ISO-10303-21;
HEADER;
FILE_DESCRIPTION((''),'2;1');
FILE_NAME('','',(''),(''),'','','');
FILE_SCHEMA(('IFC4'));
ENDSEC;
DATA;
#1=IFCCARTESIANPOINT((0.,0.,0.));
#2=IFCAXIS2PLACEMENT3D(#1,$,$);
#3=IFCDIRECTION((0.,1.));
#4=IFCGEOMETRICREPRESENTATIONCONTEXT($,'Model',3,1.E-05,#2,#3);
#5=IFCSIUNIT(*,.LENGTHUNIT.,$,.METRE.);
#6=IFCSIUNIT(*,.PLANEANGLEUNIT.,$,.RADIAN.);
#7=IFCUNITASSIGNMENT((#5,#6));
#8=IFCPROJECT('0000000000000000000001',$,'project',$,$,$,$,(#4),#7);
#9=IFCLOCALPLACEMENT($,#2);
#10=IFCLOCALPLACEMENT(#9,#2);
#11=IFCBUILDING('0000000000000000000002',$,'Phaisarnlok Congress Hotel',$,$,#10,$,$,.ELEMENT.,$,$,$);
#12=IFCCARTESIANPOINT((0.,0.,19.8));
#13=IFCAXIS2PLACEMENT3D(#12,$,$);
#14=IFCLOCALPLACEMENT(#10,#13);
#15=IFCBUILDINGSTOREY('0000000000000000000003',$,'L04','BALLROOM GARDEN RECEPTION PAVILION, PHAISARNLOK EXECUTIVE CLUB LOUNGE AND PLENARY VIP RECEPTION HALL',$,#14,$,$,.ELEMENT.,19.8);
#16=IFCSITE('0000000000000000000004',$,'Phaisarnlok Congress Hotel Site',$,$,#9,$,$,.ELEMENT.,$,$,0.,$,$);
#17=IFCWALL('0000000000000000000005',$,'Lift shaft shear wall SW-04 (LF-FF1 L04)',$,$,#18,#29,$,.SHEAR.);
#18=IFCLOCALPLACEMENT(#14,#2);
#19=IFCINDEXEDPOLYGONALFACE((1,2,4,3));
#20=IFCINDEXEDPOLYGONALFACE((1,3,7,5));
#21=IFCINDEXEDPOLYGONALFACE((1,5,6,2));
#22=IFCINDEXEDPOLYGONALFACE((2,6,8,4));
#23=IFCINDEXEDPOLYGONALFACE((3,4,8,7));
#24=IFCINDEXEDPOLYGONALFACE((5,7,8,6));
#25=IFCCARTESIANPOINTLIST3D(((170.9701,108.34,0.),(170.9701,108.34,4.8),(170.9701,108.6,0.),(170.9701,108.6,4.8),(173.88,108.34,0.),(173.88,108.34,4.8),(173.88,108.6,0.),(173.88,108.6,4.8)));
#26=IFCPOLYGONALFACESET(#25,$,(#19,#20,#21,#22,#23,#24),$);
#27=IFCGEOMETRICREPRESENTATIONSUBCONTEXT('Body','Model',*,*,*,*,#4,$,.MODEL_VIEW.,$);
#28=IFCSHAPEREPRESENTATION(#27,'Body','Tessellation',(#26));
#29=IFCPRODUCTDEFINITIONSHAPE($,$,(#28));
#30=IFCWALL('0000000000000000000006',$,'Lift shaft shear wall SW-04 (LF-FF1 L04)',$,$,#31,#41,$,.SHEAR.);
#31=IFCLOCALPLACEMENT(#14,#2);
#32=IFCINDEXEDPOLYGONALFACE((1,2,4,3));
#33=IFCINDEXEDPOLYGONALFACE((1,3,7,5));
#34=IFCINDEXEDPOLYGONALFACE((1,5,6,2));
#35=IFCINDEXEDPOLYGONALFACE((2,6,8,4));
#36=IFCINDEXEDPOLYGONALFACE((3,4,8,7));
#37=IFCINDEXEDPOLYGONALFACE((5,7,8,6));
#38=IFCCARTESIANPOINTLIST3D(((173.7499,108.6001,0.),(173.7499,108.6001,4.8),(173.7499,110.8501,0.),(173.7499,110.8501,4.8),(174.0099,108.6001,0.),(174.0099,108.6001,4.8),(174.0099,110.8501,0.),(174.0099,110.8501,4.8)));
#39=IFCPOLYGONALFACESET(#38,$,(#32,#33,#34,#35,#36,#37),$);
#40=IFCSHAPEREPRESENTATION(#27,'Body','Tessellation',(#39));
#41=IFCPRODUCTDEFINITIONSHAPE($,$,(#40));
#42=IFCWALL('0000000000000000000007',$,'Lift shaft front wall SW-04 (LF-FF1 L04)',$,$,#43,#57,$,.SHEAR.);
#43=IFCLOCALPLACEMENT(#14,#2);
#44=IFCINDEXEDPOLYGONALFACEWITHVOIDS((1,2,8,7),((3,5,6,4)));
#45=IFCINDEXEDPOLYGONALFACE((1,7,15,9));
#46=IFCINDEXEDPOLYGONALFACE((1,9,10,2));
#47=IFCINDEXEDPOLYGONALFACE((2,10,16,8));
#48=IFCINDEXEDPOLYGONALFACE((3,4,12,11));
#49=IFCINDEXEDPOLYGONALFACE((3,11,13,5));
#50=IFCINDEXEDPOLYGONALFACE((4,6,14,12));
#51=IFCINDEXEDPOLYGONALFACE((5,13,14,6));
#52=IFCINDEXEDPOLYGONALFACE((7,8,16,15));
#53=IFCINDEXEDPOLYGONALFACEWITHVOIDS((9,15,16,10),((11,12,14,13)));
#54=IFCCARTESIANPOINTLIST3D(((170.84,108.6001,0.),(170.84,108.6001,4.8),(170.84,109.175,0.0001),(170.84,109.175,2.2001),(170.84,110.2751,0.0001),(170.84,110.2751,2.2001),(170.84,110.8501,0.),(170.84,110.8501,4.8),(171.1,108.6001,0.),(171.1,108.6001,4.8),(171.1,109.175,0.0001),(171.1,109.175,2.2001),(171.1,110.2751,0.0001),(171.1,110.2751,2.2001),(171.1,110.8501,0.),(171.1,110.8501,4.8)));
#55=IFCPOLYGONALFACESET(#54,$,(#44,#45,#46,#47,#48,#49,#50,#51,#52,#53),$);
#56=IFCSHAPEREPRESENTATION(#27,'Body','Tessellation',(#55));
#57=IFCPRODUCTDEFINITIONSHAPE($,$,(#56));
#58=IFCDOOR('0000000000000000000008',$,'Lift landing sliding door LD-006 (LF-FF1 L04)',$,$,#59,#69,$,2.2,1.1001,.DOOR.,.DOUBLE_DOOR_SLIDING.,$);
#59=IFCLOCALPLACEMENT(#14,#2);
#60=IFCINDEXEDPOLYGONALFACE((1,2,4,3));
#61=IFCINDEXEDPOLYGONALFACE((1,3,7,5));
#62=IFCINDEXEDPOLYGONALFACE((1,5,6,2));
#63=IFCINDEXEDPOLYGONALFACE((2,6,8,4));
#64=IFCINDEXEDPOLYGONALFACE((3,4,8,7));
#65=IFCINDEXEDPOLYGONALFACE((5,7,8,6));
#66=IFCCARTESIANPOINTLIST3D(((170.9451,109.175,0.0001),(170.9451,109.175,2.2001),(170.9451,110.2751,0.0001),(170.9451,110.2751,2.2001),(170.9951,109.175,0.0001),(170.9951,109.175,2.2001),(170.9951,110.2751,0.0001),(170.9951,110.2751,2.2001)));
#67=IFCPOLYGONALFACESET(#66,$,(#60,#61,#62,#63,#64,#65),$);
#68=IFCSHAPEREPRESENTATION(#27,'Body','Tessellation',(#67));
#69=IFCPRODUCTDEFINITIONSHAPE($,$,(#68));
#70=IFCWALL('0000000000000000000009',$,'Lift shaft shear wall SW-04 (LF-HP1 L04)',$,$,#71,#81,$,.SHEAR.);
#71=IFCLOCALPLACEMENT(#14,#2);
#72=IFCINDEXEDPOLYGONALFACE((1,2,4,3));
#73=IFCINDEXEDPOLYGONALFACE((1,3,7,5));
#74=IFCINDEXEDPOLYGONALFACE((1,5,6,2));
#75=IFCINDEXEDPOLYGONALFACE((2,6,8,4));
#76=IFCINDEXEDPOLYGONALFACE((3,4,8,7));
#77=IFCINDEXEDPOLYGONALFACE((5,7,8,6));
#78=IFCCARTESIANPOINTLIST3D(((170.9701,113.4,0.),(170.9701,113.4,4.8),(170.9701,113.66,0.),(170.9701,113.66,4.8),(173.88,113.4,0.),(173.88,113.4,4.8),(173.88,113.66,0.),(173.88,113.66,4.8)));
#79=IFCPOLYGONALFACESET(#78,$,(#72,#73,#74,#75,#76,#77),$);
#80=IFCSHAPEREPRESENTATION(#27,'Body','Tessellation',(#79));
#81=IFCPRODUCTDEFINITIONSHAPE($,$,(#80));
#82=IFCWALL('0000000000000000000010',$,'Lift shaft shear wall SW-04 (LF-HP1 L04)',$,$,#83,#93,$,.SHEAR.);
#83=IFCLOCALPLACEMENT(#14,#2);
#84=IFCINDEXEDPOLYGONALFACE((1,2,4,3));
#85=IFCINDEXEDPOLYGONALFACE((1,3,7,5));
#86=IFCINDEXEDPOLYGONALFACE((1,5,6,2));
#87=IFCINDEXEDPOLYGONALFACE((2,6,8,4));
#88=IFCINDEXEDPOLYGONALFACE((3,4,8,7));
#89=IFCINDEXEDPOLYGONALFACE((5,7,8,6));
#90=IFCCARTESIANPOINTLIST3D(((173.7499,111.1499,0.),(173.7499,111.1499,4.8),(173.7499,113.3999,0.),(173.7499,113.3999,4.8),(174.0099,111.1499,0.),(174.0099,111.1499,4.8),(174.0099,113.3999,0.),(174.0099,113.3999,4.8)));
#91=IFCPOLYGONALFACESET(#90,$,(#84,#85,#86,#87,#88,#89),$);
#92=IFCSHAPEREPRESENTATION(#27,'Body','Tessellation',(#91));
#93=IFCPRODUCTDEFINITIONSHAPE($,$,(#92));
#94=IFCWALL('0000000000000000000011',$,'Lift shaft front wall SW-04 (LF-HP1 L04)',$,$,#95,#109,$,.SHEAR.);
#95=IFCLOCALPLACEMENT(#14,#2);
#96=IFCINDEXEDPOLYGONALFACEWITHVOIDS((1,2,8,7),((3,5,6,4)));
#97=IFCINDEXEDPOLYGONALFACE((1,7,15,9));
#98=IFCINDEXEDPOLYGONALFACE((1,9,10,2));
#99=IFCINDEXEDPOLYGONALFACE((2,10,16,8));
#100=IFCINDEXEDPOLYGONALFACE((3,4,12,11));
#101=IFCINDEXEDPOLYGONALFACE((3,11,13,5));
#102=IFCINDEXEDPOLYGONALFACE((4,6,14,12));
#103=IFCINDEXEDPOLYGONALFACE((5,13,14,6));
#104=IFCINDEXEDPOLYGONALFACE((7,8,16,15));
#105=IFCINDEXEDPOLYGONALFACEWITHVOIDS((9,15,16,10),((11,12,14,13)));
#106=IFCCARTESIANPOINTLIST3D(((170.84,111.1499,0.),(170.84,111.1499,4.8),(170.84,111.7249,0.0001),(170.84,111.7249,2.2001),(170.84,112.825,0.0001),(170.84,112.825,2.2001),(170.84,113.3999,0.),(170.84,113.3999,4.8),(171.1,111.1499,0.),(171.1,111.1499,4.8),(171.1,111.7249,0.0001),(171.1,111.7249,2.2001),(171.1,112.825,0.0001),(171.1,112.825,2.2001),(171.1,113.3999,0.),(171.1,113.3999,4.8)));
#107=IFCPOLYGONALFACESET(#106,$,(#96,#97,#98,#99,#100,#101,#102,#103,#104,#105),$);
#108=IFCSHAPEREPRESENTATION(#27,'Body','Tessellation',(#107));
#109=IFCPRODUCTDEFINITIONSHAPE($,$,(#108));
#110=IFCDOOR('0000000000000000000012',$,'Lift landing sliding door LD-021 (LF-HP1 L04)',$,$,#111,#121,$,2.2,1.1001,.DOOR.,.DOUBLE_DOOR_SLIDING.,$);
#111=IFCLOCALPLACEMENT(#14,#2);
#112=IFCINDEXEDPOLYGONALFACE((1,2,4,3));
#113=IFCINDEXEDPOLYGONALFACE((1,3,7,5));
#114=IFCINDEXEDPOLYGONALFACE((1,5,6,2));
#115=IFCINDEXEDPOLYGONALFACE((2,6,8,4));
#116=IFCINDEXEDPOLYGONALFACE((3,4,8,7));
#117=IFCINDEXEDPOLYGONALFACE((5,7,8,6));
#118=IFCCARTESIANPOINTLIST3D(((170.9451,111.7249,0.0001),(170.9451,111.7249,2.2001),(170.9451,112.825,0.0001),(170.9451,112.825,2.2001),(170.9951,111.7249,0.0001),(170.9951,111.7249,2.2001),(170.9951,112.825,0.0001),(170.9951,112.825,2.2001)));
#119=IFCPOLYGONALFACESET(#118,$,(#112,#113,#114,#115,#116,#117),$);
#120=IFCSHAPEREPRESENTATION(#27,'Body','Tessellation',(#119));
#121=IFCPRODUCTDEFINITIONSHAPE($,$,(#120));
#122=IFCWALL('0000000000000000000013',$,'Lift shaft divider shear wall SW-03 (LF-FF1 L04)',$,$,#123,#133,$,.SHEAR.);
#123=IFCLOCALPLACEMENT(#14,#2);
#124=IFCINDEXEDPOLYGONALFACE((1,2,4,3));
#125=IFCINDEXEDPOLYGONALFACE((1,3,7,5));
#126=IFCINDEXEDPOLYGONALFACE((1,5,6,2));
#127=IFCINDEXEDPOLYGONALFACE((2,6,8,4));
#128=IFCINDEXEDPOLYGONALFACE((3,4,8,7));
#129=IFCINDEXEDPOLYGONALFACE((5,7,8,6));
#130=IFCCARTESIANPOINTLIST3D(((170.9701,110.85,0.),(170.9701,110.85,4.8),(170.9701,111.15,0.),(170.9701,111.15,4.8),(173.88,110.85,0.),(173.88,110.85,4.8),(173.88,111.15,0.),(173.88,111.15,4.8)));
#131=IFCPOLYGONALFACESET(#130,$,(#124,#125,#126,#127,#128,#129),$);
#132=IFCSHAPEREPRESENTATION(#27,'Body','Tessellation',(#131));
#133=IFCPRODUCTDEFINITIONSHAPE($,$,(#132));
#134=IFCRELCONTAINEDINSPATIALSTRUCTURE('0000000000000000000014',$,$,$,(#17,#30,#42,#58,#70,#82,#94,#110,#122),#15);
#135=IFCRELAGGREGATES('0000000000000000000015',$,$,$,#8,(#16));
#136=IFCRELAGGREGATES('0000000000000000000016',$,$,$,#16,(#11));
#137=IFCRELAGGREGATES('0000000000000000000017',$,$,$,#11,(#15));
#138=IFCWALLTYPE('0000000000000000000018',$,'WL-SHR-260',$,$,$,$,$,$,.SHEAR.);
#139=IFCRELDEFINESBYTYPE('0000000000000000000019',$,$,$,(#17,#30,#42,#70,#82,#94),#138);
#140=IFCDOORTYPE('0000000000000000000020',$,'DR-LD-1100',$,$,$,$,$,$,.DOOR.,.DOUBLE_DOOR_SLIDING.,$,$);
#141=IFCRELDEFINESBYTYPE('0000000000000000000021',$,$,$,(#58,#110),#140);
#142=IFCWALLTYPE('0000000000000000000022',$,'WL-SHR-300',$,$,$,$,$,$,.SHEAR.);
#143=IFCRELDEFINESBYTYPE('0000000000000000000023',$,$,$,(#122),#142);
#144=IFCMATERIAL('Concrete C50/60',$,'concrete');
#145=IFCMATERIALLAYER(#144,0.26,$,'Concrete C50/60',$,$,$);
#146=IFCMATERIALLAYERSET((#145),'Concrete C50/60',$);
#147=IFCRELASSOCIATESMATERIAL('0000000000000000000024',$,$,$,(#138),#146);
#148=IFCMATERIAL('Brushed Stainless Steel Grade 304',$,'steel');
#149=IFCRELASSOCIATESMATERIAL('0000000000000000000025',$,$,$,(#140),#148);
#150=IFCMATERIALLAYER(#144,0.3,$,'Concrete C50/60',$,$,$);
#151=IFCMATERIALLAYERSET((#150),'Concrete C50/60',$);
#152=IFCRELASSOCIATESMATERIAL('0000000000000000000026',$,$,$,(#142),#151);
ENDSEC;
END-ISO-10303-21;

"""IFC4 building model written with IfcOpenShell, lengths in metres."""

from ifc_helpers import new_model, si_unit, direction, frame, frame_2d, origin, place, context, subcontext, project, spatial, rectangle, extrude, material, layer, layer_set, type_object, element, fill, save


model = new_model("IFC4")

# Units and contexts
model_context = context("Model", 3, precision=1e-05, world=origin(), true_north=direction((0.0, 1.0)))
body_context = subcontext(model_context, "Body", "Model", "MODEL_VIEW")
ifc_project = project(units=[si_unit("LENGTHUNIT", "METRE"), si_unit("PLANEANGLEUNIT", "RADIAN")], contexts=[model_context])

# Site, building, storey
site_placement = place(None, origin())
site = spatial("IfcSite", under=ifc_project, at=site_placement, Name="Phaisarnlok Congress Hotel Site", CompositionType="ELEMENT", RefElevation=0.0)
building_placement = place(site_placement, origin())
building = spatial("IfcBuilding", under=site, at=building_placement, Name="Phaisarnlok Congress Hotel", CompositionType="ELEMENT")
storey_placement = place(building_placement, frame((0.0, 0.0, 19.8)))
storey = spatial("IfcBuildingStorey", under=building, at=storey_placement, Name="L04", Description="BALLROOM GARDEN RECEPTION PAVILION, PHAISARNLOK EXECUTIVE CLUB LOUNGE AND PLENARY VIP RECEPTION HALL", CompositionType="ELEMENT", Elevation=19.8)

# Shared definitions
ifc_material_1 = material(Name="Concrete C50/60", Category="concrete")

# Walls
ifc_layer_1 = layer(ifc_material_1, 0.26, Name="Concrete C50/60")
ifc_layer_set_1 = layer_set([ifc_layer_1], Name="Concrete C50/60")
wall_type_1 = type_object("IfcWallType", Name="WL-SHR-260", PredefinedType="SHEAR", material=ifc_layer_set_1)
wall_1_placement = place(storey_placement, frame((170.97, 108.47, 0.0), z_axis=(0.0, 0.0, 1.0), x_axis=(1.0, 0.0, 0.0)))
element("IfcWall", 1, at=wall_1_placement, inside=storey, type_object=wall_type_1, Name="Lift shaft shear wall SW-04 (LF-FF1 L04)", PredefinedType="SHEAR", context=body_context, shape_type="SweptSolid", body=[
    extrude(rectangle(XDim=2.9099, YDim=0.26, at=frame_2d((1.4551, 0.0))), origin(), (0.0, 0.0, 1.0), 4.8),
])
wall_2_placement = place(storey_placement, frame((173.8799, 108.6001, 0.0), z_axis=(0.0, 0.0, 1.0), x_axis=(0.0, 1.0, 0.0)))
element("IfcWall", 2, at=wall_2_placement, inside=storey, type_object=wall_type_1, Name="Lift shaft shear wall SW-04 (LF-FF1 L04)", PredefinedType="SHEAR", context=body_context, shape_type="SweptSolid", body=[
    extrude(rectangle(XDim=2.25, YDim=0.26, at=frame_2d((1.125, 0.0))), origin(), (0.0, 0.0, 1.0), 4.8),
])

# Wall, opening, door
wall_3_placement = place(storey_placement, frame((170.97, 108.6001, 0.0), z_axis=(0.0, 0.0, 1.0), x_axis=(0.0, 1.0, 0.0)))
wall_3 = element("IfcWall", 3, at=wall_3_placement, inside=storey, type_object=wall_type_1, Name="Lift shaft front wall SW-04 (LF-FF1 L04)", PredefinedType="SHEAR", context=body_context, shape_type="SweptSolid", body=[
    extrude(rectangle(XDim=2.25, YDim=0.26, at=frame_2d((1.125, 0.0))), origin(), (0.0, 0.0, 1.0), 4.8),
])
opening_1_placement = place(wall_3_placement, frame((0.575, 0.0, 0.0)))
opening_1 = element("IfcOpeningElement", 4, at=opening_1_placement, cuts=wall_3, PredefinedType="OPENING", context=body_context, shape_type="SweptSolid", body=[
    extrude(rectangle(XDim=1.1001, YDim=2.2, at=frame_2d((0.55, 1.1001))), frame((0.0, 0.1401, 0.0), z_axis=(0.0, -1.0, 0.0), x_axis=(1.0, 0.0, 0.0)), (0.0, 0.0, 1.0), 0.28),
])
ifc_material_2 = material(Name="Brushed Stainless Steel Grade 304", Category="steel")
door_type = type_object("IfcDoorType", Name="DR-LD-1100", OperationType="DOUBLE_DOOR_SLIDING", PredefinedType="DOOR", material=ifc_material_2)
door_1_placement = place(opening_1_placement, origin())
door_1 = element("IfcDoor", 5, at=door_1_placement, inside=storey, type_object=door_type, Name="Lift landing sliding door LD-006 (LF-FF1 L04)", OperationType="DOUBLE_DOOR_SLIDING", OverallHeight=2.2, OverallWidth=1.1001, PredefinedType="DOOR", context=body_context, shape_type="SweptSolid", body=[
    extrude(rectangle(XDim=1.1001, YDim=2.2, at=frame_2d((0.55, 1.1001))), frame((0.0, 0.0249, 0.0), z_axis=(0.0, -1.0, 0.0), x_axis=(1.0, 0.0, 0.0)), (0.0, 0.0, 1.0), 0.05),
])
fill(opening_1, door_1)

# Walls
wall_4_placement = place(storey_placement, frame((170.97, 113.53, 0.0), z_axis=(0.0, 0.0, 1.0), x_axis=(1.0, 0.0, 0.0)))
element("IfcWall", 6, at=wall_4_placement, inside=storey, type_object=wall_type_1, Name="Lift shaft shear wall SW-04 (LF-HP1 L04)", PredefinedType="SHEAR", context=body_context, shape_type="SweptSolid", body=[
    extrude(rectangle(XDim=2.9099, YDim=0.26, at=frame_2d((1.4551, 0.0))), origin(), (0.0, 0.0, 1.0), 4.8),
])
wall_5_placement = place(storey_placement, frame((173.8799, 111.1499, 0.0), z_axis=(0.0, 0.0, 1.0), x_axis=(0.0, 1.0, 0.0)))
element("IfcWall", 7, at=wall_5_placement, inside=storey, type_object=wall_type_1, Name="Lift shaft shear wall SW-04 (LF-HP1 L04)", PredefinedType="SHEAR", context=body_context, shape_type="SweptSolid", body=[
    extrude(rectangle(XDim=2.25, YDim=0.26, at=frame_2d((1.125, 0.0))), origin(), (0.0, 0.0, 1.0), 4.8),
])

# Wall, opening, door
wall_6_placement = place(storey_placement, frame((170.97, 111.1499, 0.0), z_axis=(0.0, 0.0, 1.0), x_axis=(0.0, 1.0, 0.0)))
wall_6 = element("IfcWall", 8, at=wall_6_placement, inside=storey, type_object=wall_type_1, Name="Lift shaft front wall SW-04 (LF-HP1 L04)", PredefinedType="SHEAR", context=body_context, shape_type="SweptSolid", body=[
    extrude(rectangle(XDim=2.25, YDim=0.26, at=frame_2d((1.125, 0.0))), origin(), (0.0, 0.0, 1.0), 4.8),
])
opening_2_placement = place(wall_6_placement, frame((0.575, 0.0, 0.0)))
opening_2 = element("IfcOpeningElement", 9, at=opening_2_placement, cuts=wall_6, PredefinedType="OPENING", context=body_context, shape_type="SweptSolid", body=[
    extrude(rectangle(XDim=1.1001, YDim=2.2, at=frame_2d((0.55, 1.1001))), frame((0.0, 0.1401, 0.0), z_axis=(0.0, -1.0, 0.0), x_axis=(1.0, 0.0, 0.0)), (0.0, 0.0, 1.0), 0.28),
])
door_2_placement = place(opening_2_placement, origin())
door_2 = element("IfcDoor", 10, at=door_2_placement, inside=storey, type_object=door_type, Name="Lift landing sliding door LD-021 (LF-HP1 L04)", OperationType="DOUBLE_DOOR_SLIDING", OverallHeight=2.2, OverallWidth=1.1001, PredefinedType="DOOR", context=body_context, shape_type="SweptSolid", body=[
    extrude(rectangle(XDim=1.1001, YDim=2.2, at=frame_2d((0.55, 1.1001))), frame((0.0, 0.0249, 0.0), z_axis=(0.0, -1.0, 0.0), x_axis=(1.0, 0.0, 0.0)), (0.0, 0.0, 1.0), 0.05),
])
fill(opening_2, door_2)

# Wall
ifc_layer_2 = layer(ifc_material_1, 0.3, Name="Concrete C50/60")
ifc_layer_set_2 = layer_set([ifc_layer_2], Name="Concrete C50/60")
wall_type_2 = type_object("IfcWallType", Name="WL-SHR-300", PredefinedType="SHEAR", material=ifc_layer_set_2)
wall_7_placement = place(storey_placement, frame((170.97, 111.0, 0.0), z_axis=(0.0, 0.0, 1.0), x_axis=(1.0, 0.0, 0.0)))
element("IfcWall", 11, at=wall_7_placement, inside=storey, type_object=wall_type_2, Name="Lift shaft divider shear wall SW-03 (LF-FF1 L04)", PredefinedType="SHEAR", context=body_context, shape_type="SweptSolid", body=[
    extrude(rectangle(XDim=2.9099, YDim=0.3, at=frame_2d((1.4551, 0.0))), origin(), (0.0, 0.0, 1.0), 4.8),
])

save(model, "model.ifc")
